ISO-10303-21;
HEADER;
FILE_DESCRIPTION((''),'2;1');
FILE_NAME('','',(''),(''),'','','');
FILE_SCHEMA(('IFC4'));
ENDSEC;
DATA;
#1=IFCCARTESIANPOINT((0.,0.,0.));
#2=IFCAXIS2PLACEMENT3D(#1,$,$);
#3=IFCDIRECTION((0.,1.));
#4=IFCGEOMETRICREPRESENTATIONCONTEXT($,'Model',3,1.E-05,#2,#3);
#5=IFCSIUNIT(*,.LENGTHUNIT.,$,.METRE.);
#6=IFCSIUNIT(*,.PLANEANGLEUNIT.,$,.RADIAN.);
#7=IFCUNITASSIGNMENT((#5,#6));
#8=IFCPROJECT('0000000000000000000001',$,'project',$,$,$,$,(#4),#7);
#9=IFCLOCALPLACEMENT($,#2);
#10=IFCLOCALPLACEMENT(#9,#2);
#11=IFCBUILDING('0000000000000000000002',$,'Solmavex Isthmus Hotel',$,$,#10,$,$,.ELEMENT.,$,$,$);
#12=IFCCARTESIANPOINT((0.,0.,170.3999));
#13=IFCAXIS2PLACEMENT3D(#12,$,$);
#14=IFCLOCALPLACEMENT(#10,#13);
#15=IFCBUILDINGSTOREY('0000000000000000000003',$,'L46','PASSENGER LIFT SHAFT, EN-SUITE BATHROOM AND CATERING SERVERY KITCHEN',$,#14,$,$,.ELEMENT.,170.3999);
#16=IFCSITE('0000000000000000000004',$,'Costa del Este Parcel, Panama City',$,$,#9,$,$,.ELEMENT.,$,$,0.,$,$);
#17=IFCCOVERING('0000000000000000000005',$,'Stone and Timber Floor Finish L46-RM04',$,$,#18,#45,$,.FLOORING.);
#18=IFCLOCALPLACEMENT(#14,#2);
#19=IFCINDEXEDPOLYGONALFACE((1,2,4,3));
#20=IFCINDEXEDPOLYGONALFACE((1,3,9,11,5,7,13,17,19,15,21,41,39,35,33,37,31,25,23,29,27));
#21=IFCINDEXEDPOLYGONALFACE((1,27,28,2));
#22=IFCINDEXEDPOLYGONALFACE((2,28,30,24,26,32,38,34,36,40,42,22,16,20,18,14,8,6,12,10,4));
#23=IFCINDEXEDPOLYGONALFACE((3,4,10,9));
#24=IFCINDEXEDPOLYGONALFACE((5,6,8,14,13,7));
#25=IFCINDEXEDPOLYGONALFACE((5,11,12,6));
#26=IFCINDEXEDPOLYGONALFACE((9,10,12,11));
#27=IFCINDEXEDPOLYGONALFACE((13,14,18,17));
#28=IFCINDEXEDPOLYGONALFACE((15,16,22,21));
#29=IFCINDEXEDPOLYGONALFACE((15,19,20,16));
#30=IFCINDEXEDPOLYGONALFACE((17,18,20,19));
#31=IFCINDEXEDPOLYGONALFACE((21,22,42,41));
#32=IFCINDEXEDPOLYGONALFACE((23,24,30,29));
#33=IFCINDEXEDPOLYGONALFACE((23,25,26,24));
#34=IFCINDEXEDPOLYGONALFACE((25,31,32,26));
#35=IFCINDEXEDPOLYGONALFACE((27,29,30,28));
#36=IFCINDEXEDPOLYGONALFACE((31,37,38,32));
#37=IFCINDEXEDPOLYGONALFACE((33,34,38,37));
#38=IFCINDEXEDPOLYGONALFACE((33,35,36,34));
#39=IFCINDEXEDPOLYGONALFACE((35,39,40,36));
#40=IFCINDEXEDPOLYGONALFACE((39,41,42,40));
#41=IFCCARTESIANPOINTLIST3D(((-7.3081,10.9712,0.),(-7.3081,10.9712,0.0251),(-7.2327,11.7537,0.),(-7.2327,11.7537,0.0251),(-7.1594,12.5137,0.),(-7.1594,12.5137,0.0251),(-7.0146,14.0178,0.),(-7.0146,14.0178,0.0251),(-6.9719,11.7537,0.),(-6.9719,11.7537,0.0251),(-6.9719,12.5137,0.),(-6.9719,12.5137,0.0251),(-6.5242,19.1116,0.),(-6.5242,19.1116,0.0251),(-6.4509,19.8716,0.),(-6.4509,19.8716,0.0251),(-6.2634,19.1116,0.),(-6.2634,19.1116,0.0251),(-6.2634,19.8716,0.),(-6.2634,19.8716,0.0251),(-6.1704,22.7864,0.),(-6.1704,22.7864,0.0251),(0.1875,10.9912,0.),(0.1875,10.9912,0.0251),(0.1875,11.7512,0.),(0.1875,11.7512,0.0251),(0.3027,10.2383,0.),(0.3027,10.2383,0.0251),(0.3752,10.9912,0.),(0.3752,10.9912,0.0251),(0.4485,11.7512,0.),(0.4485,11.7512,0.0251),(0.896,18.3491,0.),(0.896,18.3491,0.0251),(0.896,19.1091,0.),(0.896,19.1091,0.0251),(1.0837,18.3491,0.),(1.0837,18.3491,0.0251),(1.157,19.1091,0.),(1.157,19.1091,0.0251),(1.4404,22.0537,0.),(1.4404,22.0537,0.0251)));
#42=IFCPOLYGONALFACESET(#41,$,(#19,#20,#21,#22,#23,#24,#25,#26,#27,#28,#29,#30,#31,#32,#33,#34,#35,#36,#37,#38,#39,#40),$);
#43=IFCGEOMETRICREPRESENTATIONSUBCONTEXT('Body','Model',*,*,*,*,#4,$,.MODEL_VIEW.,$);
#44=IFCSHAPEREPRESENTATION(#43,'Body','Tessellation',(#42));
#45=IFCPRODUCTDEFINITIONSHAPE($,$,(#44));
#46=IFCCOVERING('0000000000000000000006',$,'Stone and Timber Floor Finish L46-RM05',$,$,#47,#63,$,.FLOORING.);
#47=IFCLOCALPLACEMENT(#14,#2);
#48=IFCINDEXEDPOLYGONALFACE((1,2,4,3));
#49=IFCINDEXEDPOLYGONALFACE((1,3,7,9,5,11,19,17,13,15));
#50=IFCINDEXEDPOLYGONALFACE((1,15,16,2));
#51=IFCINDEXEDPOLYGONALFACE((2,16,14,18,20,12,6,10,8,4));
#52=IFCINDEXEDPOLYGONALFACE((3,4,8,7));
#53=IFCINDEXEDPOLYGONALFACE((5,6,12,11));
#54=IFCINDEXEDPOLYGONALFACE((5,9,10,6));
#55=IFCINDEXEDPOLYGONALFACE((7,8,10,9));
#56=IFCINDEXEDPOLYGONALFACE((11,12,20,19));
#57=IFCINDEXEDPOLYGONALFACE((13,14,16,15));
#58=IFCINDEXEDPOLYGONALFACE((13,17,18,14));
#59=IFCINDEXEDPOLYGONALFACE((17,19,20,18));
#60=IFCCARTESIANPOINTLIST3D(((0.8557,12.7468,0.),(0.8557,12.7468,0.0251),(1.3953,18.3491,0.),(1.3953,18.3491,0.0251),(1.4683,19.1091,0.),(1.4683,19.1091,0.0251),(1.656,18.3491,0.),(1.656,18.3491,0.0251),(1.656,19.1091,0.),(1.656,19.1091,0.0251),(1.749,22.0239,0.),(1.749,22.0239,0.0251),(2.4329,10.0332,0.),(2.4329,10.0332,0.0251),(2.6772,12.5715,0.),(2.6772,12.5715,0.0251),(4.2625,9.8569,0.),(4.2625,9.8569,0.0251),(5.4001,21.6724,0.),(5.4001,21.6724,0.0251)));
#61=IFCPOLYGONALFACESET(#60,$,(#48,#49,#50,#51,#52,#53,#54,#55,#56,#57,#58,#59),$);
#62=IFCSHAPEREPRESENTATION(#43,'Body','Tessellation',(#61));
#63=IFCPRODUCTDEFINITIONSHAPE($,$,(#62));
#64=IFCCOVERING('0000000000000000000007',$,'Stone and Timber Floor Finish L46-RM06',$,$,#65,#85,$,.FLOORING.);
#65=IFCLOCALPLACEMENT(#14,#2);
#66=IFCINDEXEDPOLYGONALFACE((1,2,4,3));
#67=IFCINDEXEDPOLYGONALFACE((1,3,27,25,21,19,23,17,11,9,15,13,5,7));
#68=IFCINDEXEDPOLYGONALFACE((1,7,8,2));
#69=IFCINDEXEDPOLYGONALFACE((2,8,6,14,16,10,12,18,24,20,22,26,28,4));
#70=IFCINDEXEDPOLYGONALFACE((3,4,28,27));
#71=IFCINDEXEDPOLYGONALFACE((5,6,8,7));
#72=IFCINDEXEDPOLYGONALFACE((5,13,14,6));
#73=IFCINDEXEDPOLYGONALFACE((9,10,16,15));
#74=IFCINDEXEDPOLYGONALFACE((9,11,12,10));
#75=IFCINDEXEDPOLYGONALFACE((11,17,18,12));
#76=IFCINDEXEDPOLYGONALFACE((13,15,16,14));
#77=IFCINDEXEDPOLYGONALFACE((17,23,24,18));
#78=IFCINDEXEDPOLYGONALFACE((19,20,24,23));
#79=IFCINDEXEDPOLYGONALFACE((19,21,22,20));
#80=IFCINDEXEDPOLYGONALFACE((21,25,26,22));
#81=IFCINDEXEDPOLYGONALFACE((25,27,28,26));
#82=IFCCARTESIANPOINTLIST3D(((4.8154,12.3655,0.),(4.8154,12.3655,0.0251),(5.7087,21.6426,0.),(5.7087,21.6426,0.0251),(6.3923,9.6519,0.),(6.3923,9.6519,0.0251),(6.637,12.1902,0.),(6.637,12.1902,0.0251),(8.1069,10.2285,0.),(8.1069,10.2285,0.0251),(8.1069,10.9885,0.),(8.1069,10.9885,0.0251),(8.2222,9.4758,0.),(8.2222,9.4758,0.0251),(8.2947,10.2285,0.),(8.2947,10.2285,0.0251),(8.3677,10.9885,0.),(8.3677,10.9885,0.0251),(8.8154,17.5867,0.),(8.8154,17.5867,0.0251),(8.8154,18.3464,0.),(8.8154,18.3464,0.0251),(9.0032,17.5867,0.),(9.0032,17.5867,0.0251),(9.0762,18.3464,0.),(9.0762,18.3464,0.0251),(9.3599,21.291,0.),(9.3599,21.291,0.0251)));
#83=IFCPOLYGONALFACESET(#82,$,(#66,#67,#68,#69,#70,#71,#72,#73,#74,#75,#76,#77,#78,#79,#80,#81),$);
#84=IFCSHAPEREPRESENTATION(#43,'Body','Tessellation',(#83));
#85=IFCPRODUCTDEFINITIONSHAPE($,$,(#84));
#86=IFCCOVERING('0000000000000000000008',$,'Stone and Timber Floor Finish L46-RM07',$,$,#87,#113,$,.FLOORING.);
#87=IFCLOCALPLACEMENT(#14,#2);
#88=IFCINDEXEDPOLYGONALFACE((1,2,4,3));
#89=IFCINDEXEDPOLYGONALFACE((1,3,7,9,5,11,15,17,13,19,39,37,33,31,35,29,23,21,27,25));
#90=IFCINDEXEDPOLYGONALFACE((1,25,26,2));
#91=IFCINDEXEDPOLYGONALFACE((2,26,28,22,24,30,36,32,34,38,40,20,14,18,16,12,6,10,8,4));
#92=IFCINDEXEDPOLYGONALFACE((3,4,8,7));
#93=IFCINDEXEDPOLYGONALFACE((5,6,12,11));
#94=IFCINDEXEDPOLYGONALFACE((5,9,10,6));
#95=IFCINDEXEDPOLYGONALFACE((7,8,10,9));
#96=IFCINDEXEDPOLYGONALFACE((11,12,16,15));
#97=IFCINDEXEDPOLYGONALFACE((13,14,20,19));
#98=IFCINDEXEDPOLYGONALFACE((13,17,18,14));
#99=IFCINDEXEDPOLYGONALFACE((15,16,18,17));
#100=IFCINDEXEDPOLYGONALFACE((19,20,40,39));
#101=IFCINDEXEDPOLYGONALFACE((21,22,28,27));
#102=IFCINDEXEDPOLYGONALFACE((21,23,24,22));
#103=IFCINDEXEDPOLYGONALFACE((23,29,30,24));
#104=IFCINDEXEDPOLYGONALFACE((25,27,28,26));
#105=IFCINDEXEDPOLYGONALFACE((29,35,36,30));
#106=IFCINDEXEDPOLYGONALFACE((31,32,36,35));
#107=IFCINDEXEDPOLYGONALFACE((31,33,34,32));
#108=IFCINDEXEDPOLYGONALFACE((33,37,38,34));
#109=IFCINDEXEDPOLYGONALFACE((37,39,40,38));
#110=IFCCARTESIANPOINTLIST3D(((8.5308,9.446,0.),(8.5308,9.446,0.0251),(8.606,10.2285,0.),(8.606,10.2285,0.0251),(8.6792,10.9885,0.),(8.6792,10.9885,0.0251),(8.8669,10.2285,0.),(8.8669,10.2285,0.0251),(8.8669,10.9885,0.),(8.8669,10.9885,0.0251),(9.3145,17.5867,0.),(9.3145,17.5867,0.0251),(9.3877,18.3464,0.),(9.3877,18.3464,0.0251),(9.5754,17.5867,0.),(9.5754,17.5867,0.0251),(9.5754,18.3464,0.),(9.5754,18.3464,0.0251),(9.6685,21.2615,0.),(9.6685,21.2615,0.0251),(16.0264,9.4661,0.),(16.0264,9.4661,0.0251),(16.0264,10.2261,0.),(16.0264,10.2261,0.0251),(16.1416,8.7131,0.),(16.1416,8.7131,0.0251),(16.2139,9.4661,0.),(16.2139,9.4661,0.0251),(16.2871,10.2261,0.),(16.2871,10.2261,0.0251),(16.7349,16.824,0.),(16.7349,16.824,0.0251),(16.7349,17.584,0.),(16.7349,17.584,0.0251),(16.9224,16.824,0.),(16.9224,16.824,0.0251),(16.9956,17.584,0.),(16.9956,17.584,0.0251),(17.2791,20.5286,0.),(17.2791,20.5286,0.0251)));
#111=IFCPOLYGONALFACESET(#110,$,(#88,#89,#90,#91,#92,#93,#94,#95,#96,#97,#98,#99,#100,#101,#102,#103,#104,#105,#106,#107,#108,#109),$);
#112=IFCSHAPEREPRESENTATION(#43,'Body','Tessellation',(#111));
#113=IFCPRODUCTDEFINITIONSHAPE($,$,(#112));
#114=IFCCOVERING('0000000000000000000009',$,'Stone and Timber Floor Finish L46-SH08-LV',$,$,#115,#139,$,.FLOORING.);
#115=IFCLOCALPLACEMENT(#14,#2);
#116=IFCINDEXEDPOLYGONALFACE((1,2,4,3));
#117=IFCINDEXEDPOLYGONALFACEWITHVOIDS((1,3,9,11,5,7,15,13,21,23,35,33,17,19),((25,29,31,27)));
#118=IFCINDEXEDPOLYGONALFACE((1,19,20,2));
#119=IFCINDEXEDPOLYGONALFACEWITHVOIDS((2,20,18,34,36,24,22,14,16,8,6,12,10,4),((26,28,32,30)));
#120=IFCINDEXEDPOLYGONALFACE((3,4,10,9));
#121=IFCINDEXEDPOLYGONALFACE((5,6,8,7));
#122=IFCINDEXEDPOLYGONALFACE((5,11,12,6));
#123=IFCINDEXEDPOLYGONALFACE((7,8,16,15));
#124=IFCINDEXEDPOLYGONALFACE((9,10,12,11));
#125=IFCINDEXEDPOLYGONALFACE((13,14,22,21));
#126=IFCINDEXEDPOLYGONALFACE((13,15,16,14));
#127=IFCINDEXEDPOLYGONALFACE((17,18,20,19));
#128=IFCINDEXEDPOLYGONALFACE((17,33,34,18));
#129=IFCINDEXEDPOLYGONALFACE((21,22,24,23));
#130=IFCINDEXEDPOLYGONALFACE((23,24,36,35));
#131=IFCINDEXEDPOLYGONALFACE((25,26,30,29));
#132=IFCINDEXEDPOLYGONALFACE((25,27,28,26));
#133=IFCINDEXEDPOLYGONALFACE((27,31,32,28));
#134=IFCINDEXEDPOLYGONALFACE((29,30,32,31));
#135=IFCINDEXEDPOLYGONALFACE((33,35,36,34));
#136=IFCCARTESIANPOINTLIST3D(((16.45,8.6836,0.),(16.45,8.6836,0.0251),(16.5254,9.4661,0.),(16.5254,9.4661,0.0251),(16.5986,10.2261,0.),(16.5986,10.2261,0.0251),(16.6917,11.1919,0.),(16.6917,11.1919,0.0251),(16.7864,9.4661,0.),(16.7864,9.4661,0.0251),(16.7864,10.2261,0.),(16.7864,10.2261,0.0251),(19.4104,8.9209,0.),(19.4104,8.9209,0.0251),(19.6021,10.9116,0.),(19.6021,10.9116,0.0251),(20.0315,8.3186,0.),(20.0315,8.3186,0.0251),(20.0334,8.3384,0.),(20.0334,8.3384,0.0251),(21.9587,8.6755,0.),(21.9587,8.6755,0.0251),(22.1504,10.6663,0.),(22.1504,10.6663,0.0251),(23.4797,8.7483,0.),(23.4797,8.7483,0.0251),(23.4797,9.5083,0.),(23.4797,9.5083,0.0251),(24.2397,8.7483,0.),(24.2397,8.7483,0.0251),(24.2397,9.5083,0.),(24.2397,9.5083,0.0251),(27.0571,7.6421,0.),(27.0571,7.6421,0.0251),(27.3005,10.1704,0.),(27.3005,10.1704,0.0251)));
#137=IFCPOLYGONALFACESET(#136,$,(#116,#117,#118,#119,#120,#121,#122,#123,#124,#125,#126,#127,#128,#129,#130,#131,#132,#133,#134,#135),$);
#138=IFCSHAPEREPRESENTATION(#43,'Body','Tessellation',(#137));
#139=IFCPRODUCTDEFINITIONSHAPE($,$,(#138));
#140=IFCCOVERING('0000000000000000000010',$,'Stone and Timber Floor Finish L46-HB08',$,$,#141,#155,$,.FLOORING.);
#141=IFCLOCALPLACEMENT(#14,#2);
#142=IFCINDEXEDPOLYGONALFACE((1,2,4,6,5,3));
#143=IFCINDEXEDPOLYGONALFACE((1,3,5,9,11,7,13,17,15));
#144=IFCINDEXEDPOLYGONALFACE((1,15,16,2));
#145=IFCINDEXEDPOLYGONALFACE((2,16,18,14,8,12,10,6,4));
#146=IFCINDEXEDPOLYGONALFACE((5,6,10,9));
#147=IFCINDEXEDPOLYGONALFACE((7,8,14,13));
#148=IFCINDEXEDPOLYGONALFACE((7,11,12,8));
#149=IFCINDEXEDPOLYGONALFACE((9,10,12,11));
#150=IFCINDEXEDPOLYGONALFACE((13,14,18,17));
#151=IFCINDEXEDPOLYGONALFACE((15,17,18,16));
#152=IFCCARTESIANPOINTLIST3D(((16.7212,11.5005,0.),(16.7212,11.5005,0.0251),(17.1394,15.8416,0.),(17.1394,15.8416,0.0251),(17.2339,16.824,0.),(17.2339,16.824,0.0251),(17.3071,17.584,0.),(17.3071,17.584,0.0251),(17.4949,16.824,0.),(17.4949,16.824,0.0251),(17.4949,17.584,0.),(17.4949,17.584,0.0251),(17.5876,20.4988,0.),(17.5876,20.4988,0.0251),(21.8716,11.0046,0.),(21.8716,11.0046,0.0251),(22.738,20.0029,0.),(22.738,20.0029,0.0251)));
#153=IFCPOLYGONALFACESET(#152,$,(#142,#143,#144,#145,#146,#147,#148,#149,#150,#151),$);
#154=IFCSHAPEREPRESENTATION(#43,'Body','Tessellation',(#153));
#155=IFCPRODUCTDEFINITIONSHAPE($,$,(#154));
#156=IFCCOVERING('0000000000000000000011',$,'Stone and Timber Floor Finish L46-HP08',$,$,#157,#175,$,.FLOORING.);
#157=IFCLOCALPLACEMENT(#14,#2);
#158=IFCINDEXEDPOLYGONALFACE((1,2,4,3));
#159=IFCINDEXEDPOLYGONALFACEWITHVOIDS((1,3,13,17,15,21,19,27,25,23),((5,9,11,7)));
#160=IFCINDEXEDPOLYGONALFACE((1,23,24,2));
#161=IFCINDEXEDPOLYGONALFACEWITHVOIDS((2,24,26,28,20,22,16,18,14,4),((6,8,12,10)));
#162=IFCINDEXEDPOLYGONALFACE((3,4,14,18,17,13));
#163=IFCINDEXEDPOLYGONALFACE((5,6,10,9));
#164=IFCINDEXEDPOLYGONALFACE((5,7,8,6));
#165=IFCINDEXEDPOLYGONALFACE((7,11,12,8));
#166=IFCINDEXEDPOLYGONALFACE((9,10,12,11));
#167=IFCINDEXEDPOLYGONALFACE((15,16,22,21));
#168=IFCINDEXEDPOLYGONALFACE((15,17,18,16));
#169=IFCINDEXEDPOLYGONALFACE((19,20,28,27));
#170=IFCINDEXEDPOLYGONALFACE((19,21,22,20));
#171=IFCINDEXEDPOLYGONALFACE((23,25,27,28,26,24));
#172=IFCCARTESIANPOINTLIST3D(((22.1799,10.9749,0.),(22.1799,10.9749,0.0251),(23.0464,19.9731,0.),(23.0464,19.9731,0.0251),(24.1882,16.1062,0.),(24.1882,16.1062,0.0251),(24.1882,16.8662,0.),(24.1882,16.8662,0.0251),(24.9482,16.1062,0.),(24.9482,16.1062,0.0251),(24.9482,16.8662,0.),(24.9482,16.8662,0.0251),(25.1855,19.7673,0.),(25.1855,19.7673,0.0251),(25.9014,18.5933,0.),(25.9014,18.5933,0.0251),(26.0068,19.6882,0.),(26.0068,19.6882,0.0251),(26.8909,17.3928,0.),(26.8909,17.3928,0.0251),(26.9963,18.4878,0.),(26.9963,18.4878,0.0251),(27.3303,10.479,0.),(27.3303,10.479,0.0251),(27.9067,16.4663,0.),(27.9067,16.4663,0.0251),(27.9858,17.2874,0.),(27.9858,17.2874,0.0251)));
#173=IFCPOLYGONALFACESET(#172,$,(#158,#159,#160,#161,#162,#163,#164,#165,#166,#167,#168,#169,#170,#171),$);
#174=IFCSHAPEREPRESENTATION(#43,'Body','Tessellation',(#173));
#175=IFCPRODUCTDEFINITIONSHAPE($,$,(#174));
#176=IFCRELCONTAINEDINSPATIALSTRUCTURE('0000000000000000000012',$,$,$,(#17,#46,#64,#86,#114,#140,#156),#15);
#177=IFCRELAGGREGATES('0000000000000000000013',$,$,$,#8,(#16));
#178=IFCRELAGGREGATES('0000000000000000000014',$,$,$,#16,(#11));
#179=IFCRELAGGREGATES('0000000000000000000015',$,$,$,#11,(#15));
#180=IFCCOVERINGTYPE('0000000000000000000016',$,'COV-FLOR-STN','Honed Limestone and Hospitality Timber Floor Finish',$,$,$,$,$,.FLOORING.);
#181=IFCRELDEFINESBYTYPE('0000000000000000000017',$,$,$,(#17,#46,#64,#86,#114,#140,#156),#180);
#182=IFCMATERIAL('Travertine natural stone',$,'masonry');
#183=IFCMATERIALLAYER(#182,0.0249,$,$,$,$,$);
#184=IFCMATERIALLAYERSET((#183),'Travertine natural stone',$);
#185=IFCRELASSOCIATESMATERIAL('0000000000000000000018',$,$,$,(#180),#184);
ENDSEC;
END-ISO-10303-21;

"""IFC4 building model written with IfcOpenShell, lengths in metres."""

from ifc_helpers import new_model, si_unit, direction, frame, origin, place, context, subcontext, project, spatial, polyline, outline, extrude, material, layer, layer_set, type_object, element, save


model = new_model("IFC4")

# Units and contexts
model_context = context("Model", 3, precision=1e-05, world=origin(), true_north=direction((0.0, 1.0)))
body_context = subcontext(model_context, "Body", "Model", "MODEL_VIEW")
ifc_project = project(units=[si_unit("LENGTHUNIT", "METRE"), si_unit("PLANEANGLEUNIT", "RADIAN")], contexts=[model_context])

# Site, building, storey
site_placement = place(None, origin())
site = spatial("IfcSite", under=ifc_project, at=site_placement, Name="Costa del Este Parcel, Panama City", CompositionType="ELEMENT", RefElevation=0.0)
building_placement = place(site_placement, origin())
building = spatial("IfcBuilding", under=site, at=building_placement, Name="Solmavex Isthmus Hotel", CompositionType="ELEMENT")
storey_placement = place(building_placement, frame((0.0, 0.0, 170.3999)))
storey = spatial("IfcBuildingStorey", under=building, at=storey_placement, Name="L46", Description="PASSENGER LIFT SHAFT, EN-SUITE BATHROOM AND CATERING SERVERY KITCHEN", CompositionType="ELEMENT", Elevation=170.3999)

# Coverings
ifc_material_1 = material(Name="Travertine natural stone", Category="masonry")
ifc_layer_1 = layer(ifc_material_1, 0.0249)
ifc_layer_set_1 = layer_set([ifc_layer_1], Name="Travertine natural stone")
covering_type_1 = type_object("IfcCoveringType", Name="COV-FLOR-STN", Description="Honed Limestone and Hospitality Timber Floor Finish", PredefinedType="FLOORING", material=ifc_layer_set_1)
covering_1_placement = place(storey_placement, origin())
element("IfcCovering", 1, at=covering_1_placement, inside=storey, type_object=covering_type_1, Name="Stone and Timber Floor Finish L46-RM04", PredefinedType="FLOORING", context=body_context, shape_type="SweptSolid", body=[
    extrude(outline(polyline([(-7.1594, 12.5137), (-6.9719, 12.5137), (-6.9719, 11.7537), (-7.2327, 11.7537), (-7.3081, 10.9712), (0.3027, 10.2383), (0.3752, 10.9912), (0.1875, 10.9912), (0.1875, 11.7512), (0.4485, 11.7512), (1.0837, 18.3491), (0.896, 18.3491), (0.896, 19.1091), (1.157, 19.1091), (1.4404, 22.0537), (-6.1704, 22.7864), (-6.4509, 19.8716), (-6.2634, 19.8716), (-6.2634, 19.1116), (-6.5242, 19.1116), (-7.0146, 14.0178), (-7.1594, 12.5137)])), origin(), (0.0, 0.0, 1.0), 0.0251),
])
covering_2_placement = place(storey_placement, origin())
element("IfcCovering", 2, at=covering_2_placement, inside=storey, type_object=covering_type_1, Name="Stone and Timber Floor Finish L46-RM05", PredefinedType="FLOORING", context=body_context, shape_type="SweptSolid", body=[
    extrude(outline(polyline([(1.4683, 19.1091), (1.656, 19.1091), (1.656, 18.3491), (1.3953, 18.3491), (0.8557, 12.7468), (2.6772, 12.5715), (2.4329, 10.0332), (4.2625, 9.8569), (5.4001, 21.6724), (1.749, 22.0239), (1.4683, 19.1091)])), origin(), (0.0, 0.0, 1.0), 0.0251),
])
covering_3_placement = place(storey_placement, origin())
element("IfcCovering", 3, at=covering_3_placement, inside=storey, type_object=covering_type_1, Name="Stone and Timber Floor Finish L46-RM06", PredefinedType="FLOORING", context=body_context, shape_type="SweptSolid", body=[
    extrude(outline(polyline([(9.0032, 17.5867), (8.8154, 17.5867), (8.8154, 18.3464), (9.0762, 18.3464), (9.3599, 21.291), (5.7087, 21.6426), (4.8154, 12.3655), (6.637, 12.1902), (6.3923, 9.6519), (8.2222, 9.4758), (8.2947, 10.2285), (8.1069, 10.2285), (8.1069, 10.9885), (8.3677, 10.9885), (9.0032, 17.5867)])), origin(), (0.0, 0.0, 1.0), 0.0251),
])
covering_4_placement = place(storey_placement, origin())
element("IfcCovering", 4, at=covering_4_placement, inside=storey, type_object=covering_type_1, Name="Stone and Timber Floor Finish L46-RM07", PredefinedType="FLOORING", context=body_context, shape_type="SweptSolid", body=[
    extrude(outline(polyline([(8.6792, 10.9885), (8.8669, 10.9885), (8.8669, 10.2285), (8.606, 10.2285), (8.5308, 9.446), (16.1416, 8.7131), (16.2139, 9.4661), (16.0264, 9.4661), (16.0264, 10.2261), (16.2871, 10.2261), (16.9224, 16.824), (16.7349, 16.824), (16.7349, 17.584), (16.9956, 17.584), (17.2791, 20.5286), (9.6685, 21.2615), (9.3877, 18.3464), (9.5754, 18.3464), (9.5754, 17.5867), (9.3145, 17.5867), (8.6792, 10.9885)])), origin(), (0.0, 0.0, 1.0), 0.0251),
])
covering_5_placement = place(storey_placement, origin())
element("IfcCovering", 5, at=covering_5_placement, inside=storey, type_object=covering_type_1, Name="Stone and Timber Floor Finish L46-SH08-LV", PredefinedType="FLOORING", context=body_context, shape_type="SweptSolid", body=[
    extrude(outline(polyline([(16.5986, 10.2261), (16.7864, 10.2261), (16.7864, 9.4661), (16.5254, 9.4661), (16.45, 8.6836), (20.0334, 8.3384), (20.0315, 8.3186), (27.0571, 7.6421), (27.3005, 10.1704), (22.1504, 10.6663), (21.9587, 8.6755), (19.4104, 8.9209), (19.6021, 10.9116), (16.6917, 11.1919), (16.5986, 10.2261)]), holes=[polyline([(23.4797, 8.7483), (23.4797, 9.5083), (24.2397, 9.5083), (24.2397, 8.7483), (23.4797, 8.7483)])]), origin(), (0.0, 0.0, 1.0), 0.0251),
])
covering_6_placement = place(storey_placement, origin())
element("IfcCovering", 6, at=covering_6_placement, inside=storey, type_object=covering_type_1, Name="Stone and Timber Floor Finish L46-HB08", PredefinedType="FLOORING", context=body_context, shape_type="SweptSolid", body=[
    extrude(outline(polyline([(17.3071, 17.584), (17.4949, 17.584), (17.4949, 16.824), (17.2339, 16.824), (17.1394, 15.8416), (16.7212, 11.5005), (21.8716, 11.0046), (22.738, 20.0029), (17.5876, 20.4988), (17.3071, 17.584)])), origin(), (0.0, 0.0, 1.0), 0.0251),
])
covering_7_placement = place(storey_placement, origin())
element("IfcCovering", 7, at=covering_7_placement, inside=storey, type_object=covering_type_1, Name="Stone and Timber Floor Finish L46-HP08", PredefinedType="FLOORING", context=body_context, shape_type="SweptSolid", body=[
    extrude(outline(polyline([(26.0068, 19.6882), (25.1855, 19.7673), (23.0464, 19.9731), (22.1799, 10.9749), (27.3303, 10.479), (27.9067, 16.4663), (27.9858, 17.2874), (26.8909, 17.3928), (26.9963, 18.4878), (25.9014, 18.5933), (26.0068, 19.6882)]), holes=[polyline([(24.1882, 16.1062), (24.1882, 16.8662), (24.9482, 16.8662), (24.9482, 16.1062), (24.1882, 16.1062)])]), origin(), (0.0, 0.0, 1.0), 0.0251),
])

save(model, "model.ifc")
